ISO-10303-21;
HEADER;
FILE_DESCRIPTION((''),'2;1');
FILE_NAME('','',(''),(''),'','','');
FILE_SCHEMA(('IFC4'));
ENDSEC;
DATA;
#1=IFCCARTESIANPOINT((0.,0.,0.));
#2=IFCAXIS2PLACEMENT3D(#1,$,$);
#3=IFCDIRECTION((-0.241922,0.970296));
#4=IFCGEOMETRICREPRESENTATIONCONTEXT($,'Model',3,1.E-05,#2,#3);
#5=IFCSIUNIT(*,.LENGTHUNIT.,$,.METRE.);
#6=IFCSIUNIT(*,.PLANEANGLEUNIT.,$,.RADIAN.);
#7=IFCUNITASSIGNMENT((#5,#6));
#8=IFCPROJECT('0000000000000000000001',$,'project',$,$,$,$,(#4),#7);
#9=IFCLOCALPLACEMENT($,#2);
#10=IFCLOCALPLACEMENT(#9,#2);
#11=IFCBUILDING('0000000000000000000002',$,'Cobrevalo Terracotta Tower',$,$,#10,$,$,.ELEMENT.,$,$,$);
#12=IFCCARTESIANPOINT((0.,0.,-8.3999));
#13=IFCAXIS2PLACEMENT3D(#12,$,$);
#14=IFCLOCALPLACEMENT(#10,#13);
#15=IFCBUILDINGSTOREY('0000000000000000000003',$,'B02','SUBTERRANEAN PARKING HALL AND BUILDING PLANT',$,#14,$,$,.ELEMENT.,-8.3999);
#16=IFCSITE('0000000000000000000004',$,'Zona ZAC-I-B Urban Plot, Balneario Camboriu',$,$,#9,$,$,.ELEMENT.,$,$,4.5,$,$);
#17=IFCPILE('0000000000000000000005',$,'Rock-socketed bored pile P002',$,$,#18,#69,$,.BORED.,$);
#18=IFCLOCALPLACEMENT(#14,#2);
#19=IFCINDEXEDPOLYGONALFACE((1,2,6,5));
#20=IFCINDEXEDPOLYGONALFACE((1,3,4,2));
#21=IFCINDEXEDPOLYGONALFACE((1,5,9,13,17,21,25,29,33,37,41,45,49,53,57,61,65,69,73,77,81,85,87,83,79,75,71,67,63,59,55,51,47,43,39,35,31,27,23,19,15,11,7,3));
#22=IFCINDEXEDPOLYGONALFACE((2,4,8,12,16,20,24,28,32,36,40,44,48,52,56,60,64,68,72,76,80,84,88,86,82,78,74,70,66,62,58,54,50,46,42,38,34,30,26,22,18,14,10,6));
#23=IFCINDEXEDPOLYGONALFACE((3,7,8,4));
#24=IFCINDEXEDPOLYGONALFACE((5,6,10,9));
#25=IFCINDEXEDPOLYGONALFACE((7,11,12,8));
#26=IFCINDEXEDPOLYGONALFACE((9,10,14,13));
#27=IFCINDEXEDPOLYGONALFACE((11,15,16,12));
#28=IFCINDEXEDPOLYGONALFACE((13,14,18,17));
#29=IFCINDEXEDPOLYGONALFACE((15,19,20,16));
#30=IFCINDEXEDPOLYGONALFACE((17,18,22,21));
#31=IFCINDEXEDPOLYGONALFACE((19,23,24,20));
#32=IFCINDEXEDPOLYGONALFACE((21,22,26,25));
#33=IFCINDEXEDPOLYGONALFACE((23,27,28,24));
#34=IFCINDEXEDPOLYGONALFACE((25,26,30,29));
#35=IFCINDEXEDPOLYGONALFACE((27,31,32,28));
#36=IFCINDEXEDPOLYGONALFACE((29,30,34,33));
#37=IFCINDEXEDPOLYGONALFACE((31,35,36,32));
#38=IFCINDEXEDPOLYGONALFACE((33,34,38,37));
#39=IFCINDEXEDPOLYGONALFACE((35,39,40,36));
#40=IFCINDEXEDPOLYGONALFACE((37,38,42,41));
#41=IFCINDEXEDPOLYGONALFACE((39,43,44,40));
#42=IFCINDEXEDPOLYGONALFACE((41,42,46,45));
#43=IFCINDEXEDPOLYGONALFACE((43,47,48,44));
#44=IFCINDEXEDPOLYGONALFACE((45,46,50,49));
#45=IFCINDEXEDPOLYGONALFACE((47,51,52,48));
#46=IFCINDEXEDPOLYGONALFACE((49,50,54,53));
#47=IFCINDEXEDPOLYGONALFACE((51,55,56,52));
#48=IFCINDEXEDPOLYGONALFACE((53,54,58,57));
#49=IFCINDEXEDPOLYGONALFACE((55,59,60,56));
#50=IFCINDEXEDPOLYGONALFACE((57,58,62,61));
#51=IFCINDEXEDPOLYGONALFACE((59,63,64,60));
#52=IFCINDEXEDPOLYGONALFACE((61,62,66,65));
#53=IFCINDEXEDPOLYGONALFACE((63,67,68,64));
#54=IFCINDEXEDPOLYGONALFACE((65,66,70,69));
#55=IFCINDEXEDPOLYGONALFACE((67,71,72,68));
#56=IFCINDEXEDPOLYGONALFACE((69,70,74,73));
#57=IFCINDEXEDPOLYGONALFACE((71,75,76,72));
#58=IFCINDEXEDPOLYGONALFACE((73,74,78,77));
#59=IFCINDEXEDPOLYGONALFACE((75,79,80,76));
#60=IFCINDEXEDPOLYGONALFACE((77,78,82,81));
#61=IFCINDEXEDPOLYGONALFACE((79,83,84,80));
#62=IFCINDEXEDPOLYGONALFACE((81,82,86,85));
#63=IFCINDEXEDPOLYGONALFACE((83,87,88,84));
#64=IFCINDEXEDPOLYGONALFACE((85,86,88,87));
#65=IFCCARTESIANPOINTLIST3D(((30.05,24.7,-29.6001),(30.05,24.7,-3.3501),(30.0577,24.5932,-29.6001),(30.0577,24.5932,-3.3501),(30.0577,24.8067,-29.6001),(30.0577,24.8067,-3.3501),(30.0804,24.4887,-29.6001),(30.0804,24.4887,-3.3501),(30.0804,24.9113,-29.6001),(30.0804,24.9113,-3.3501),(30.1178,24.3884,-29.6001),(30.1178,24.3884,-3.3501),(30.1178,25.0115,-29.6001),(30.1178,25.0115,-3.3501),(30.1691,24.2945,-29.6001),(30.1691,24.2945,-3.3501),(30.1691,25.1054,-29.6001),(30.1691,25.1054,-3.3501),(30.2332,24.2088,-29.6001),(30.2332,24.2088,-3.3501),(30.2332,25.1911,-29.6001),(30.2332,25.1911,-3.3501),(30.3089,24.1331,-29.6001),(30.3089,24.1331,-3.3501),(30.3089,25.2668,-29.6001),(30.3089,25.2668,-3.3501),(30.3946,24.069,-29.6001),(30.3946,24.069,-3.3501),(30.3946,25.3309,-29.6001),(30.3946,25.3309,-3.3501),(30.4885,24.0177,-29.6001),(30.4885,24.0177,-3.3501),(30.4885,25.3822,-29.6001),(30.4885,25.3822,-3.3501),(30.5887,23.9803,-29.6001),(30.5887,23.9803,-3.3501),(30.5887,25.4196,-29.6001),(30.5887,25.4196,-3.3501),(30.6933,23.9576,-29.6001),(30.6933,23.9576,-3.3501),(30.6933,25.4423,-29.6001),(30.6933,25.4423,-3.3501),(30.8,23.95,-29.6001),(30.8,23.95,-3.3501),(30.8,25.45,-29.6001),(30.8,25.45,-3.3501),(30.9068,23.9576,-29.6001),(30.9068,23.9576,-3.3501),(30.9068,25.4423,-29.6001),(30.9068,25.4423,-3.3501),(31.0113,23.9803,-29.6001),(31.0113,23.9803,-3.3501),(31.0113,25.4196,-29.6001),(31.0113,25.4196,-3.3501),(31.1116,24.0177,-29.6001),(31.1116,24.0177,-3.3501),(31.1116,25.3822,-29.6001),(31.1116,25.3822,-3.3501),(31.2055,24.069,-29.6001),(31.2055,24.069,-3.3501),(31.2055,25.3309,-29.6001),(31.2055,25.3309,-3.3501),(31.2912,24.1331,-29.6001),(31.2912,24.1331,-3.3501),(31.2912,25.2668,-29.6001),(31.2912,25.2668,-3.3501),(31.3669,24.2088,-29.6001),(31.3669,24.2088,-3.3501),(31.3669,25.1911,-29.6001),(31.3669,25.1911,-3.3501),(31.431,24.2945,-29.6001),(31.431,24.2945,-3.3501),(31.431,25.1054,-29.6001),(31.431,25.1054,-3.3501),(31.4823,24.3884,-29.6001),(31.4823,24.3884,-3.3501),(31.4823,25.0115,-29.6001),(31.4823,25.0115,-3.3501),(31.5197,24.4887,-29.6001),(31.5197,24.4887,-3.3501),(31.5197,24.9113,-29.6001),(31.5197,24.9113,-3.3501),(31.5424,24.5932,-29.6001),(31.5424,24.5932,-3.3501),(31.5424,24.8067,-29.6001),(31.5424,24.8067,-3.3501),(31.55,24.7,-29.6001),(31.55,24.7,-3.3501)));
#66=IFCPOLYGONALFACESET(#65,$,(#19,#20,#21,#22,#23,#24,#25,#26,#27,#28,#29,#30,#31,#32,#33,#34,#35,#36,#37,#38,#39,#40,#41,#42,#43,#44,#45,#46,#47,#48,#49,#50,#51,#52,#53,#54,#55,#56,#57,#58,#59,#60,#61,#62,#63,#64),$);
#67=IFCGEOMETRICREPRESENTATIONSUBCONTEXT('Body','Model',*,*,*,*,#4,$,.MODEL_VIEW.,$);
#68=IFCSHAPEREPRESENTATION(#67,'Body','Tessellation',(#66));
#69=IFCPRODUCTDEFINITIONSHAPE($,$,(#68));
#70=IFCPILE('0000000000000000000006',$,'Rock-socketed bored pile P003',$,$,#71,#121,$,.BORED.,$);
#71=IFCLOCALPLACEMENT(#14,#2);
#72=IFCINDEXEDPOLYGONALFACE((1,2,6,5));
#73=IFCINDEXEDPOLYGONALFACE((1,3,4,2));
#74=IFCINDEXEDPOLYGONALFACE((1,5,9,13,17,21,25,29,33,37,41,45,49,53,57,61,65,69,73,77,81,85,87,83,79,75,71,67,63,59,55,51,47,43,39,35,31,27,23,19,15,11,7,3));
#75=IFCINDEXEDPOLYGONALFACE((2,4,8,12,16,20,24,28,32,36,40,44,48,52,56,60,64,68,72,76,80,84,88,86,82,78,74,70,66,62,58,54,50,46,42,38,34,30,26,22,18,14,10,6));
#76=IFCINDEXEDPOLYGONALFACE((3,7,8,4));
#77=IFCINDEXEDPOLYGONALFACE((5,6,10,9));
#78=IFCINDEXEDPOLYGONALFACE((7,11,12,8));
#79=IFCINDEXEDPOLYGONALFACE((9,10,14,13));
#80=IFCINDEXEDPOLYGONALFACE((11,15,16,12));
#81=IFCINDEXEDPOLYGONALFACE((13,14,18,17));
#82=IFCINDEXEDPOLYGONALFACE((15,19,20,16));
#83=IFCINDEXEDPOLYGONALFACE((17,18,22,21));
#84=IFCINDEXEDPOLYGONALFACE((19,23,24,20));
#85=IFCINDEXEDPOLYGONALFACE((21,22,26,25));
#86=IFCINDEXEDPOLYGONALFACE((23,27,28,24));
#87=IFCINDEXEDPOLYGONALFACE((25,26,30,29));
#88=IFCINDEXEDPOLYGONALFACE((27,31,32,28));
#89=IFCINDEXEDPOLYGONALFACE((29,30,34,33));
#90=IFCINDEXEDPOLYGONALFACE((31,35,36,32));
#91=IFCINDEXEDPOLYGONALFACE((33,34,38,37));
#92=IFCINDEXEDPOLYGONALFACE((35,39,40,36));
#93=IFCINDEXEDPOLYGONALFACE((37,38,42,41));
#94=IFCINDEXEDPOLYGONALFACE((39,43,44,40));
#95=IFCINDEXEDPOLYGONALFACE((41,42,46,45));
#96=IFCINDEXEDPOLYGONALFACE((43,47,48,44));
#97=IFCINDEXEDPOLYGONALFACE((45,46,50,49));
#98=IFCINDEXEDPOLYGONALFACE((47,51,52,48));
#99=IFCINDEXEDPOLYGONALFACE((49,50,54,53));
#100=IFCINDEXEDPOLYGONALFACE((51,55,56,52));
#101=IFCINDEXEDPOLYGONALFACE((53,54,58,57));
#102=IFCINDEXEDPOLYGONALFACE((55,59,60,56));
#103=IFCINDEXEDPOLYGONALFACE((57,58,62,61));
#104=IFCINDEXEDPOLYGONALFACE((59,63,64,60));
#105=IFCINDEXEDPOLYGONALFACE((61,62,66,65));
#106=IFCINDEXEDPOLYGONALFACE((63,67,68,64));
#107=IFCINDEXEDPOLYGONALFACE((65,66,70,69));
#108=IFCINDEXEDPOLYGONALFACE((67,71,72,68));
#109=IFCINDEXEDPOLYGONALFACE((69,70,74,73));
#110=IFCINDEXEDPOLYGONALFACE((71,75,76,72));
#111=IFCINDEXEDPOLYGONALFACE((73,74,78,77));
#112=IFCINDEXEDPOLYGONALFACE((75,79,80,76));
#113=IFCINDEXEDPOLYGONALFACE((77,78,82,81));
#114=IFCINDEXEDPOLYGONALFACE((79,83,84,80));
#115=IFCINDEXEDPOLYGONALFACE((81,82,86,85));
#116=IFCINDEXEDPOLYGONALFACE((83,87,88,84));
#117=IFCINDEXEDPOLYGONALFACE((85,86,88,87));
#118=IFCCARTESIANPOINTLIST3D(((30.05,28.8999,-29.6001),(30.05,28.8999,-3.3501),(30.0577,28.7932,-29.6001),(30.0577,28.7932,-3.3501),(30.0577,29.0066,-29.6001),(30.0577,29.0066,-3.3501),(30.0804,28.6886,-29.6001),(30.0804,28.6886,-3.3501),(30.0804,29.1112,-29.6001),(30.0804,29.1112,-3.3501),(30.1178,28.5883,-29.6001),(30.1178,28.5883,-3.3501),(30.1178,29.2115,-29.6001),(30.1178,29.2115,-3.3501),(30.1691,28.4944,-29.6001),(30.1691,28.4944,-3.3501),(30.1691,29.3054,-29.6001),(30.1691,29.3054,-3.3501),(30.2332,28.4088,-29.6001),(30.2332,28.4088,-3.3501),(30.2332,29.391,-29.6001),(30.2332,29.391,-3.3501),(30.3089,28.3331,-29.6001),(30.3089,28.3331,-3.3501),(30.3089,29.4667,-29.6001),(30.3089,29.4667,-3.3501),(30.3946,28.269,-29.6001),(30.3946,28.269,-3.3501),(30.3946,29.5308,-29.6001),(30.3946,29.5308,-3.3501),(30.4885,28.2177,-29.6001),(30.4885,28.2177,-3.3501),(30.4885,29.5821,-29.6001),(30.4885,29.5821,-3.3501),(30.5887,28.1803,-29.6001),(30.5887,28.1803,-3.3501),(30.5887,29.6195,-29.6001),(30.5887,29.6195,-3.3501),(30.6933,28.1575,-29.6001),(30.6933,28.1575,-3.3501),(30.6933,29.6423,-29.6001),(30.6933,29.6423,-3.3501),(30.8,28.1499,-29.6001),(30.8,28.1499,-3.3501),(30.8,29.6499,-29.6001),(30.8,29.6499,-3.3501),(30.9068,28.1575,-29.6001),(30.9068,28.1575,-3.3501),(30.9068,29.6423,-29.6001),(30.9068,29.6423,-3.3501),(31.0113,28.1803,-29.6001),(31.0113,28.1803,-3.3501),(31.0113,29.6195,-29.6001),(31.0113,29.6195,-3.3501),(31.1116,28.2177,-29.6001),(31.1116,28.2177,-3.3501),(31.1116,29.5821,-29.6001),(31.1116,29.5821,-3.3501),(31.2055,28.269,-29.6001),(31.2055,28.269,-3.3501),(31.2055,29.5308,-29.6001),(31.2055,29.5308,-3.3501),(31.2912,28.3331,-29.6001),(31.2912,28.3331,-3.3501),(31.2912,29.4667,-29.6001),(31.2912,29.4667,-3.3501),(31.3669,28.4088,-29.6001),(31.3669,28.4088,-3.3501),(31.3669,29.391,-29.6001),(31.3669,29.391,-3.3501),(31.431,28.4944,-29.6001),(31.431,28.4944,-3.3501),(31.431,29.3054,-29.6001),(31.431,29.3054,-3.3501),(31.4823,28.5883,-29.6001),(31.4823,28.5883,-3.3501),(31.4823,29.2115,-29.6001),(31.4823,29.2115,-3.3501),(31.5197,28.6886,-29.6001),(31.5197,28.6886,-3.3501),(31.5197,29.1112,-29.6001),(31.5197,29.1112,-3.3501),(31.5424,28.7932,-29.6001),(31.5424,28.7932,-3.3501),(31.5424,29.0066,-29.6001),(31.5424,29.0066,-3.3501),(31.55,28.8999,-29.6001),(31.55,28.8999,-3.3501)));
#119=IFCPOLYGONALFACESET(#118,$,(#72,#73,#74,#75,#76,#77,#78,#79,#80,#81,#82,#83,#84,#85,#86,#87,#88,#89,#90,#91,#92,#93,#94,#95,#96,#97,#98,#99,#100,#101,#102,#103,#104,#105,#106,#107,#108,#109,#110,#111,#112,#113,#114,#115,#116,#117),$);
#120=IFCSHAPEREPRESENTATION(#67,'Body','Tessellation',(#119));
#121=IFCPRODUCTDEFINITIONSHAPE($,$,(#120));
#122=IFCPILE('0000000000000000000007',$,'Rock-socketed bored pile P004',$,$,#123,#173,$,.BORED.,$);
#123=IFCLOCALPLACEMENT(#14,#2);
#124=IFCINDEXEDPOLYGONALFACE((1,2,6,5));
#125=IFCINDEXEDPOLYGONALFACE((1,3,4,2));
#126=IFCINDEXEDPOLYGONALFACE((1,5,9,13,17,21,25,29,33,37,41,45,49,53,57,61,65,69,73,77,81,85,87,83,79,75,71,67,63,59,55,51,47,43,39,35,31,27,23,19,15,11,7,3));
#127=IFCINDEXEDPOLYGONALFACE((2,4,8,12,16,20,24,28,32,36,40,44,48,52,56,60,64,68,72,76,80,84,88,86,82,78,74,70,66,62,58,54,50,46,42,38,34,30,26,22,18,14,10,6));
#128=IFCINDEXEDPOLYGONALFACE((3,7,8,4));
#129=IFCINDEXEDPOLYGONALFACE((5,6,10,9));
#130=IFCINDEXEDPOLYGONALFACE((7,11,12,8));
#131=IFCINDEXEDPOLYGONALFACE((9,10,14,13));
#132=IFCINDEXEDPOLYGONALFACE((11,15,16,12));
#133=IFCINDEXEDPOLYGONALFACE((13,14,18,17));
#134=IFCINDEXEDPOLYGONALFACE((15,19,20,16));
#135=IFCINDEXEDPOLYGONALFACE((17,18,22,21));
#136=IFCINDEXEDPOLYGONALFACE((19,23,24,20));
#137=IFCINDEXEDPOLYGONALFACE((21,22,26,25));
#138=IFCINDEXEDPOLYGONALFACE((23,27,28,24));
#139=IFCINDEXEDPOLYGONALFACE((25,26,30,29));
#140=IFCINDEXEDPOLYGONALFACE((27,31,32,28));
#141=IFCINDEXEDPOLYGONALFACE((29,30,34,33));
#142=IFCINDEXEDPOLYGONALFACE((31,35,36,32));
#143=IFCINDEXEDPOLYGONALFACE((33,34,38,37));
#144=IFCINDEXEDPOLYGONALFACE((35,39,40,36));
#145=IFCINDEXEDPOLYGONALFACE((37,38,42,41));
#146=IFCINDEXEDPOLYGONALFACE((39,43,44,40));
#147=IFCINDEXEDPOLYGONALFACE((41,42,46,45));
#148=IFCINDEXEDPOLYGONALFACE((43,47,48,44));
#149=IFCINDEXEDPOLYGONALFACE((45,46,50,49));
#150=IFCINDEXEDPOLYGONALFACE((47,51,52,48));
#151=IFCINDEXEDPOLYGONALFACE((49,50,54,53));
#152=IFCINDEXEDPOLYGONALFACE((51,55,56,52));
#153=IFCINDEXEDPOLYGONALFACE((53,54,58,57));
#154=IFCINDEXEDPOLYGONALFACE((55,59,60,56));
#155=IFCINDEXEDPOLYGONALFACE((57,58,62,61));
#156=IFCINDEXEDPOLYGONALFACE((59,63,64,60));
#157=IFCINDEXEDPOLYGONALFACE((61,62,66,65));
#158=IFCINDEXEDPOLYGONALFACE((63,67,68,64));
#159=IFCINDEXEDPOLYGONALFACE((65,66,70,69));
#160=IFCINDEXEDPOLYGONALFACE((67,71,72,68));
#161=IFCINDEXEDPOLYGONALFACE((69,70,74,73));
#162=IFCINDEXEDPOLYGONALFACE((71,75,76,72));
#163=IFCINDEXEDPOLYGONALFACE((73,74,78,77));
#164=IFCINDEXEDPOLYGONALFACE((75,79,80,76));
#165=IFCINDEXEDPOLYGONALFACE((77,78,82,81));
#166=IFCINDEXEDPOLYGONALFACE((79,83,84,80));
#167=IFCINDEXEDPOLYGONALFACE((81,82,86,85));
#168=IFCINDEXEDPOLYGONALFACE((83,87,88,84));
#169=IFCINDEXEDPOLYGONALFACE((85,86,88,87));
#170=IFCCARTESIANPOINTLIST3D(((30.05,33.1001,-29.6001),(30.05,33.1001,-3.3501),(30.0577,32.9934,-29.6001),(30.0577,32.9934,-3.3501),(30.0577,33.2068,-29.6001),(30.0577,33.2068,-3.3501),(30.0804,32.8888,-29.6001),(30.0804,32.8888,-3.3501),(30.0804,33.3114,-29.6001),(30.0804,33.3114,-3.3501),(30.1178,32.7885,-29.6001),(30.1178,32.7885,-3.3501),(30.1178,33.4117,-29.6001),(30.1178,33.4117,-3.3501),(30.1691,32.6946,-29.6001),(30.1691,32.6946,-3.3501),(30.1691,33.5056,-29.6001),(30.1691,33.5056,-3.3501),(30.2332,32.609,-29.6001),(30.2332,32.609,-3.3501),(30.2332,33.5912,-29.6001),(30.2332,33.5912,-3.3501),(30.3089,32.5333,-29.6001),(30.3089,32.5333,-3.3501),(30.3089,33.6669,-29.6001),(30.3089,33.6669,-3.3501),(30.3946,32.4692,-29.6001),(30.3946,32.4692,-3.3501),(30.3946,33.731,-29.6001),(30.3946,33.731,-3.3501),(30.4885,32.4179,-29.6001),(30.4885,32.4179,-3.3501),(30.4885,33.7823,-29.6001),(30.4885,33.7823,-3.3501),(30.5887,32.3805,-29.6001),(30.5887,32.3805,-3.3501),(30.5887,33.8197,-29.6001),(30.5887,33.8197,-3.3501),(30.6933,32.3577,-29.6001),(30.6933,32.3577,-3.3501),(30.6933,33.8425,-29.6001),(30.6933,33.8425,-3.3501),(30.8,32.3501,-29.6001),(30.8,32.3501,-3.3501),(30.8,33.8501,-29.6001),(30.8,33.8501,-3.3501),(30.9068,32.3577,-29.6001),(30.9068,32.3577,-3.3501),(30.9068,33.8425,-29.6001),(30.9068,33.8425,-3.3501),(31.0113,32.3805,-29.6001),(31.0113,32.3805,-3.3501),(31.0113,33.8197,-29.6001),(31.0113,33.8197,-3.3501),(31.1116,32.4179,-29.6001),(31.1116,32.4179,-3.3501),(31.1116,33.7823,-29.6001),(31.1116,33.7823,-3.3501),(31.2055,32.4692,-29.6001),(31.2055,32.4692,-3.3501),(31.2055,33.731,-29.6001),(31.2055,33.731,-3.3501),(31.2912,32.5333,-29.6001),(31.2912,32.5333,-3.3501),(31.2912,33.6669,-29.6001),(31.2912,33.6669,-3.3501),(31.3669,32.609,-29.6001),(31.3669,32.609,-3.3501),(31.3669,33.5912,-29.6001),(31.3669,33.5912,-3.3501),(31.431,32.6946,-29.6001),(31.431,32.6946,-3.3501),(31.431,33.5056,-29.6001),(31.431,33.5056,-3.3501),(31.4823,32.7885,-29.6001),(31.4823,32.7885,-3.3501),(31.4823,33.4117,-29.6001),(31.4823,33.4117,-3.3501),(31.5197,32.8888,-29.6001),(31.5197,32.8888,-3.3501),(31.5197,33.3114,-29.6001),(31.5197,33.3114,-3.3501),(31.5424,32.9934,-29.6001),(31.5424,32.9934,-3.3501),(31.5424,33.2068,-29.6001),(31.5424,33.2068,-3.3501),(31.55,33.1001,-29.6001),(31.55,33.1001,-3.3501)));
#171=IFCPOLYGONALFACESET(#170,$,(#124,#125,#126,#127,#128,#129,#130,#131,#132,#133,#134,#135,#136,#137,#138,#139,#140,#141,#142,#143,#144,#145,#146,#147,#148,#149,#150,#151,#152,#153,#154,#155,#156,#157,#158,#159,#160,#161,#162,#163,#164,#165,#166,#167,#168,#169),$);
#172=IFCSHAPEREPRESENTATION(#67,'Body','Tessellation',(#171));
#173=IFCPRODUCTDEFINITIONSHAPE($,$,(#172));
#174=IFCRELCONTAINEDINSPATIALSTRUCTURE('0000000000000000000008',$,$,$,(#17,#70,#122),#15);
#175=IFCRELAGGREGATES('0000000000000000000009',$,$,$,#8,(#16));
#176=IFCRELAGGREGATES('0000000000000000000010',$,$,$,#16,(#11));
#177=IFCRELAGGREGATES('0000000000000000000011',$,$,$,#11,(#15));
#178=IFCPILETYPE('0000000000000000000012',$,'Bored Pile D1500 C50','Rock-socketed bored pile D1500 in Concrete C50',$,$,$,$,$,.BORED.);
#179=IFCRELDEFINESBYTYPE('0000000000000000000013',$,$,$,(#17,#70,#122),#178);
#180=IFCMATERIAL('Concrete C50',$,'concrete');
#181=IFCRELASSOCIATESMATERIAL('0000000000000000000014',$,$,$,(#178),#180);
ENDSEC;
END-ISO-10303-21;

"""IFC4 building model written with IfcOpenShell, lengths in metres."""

from ifc_helpers import new_model, si_unit, direction, frame, origin, origin_2d, place, context, subcontext, project, spatial, circle, extrude, material, material_profile, profile_set, type_object, element, save


model = new_model("IFC4")

# Units and contexts
model_context = context("Model", 3, precision=1e-05, world=origin(), true_north=direction((-0.241922, 0.970296)))
body_context = subcontext(model_context, "Body", "Model", "MODEL_VIEW")
ifc_project = project(units=[si_unit("LENGTHUNIT", "METRE"), si_unit("PLANEANGLEUNIT", "RADIAN")], contexts=[model_context])

# Site, building, storey
site_placement = place(None, origin())
site = spatial("IfcSite", under=ifc_project, at=site_placement, Name="Zona ZAC-I-B Urban Plot, Balneario Camboriu", CompositionType="ELEMENT", RefElevation=4.5)
building_placement = place(site_placement, origin())
building = spatial("IfcBuilding", under=site, at=building_placement, Name="Cobrevalo Terracotta Tower", CompositionType="ELEMENT")
storey_placement = place(building_placement, frame((0.0, 0.0, -8.3999)))
storey = spatial("IfcBuildingStorey", under=building, at=storey_placement, Name="B02", Description="SUBTERRANEAN PARKING HALL AND BUILDING PLANT", CompositionType="ELEMENT", Elevation=-8.3999)

# Piles
ifc_material_1 = material(Name="Concrete C50", Category="concrete")
ifc_material_profile_1 = material_profile(ifc_material_1, circle(Radius=0.75, at=origin_2d()), Name="PILE D1500")
ifc_profile_set_1 = profile_set([ifc_material_profile_1], Name="Concrete C50")
pile_type = type_object("IfcPileType", Name="Bored Pile D1500 C50", Description="Rock-socketed bored pile D1500 in Concrete C50", PredefinedType="BORED", material=ifc_profile_set_1)
for number, where, z_axis, x_axis, name in (
    (1, (30.8, 24.7, -3.3501), (0.0, 0.0, -1.0), (1.0, 0.0, 0.0), "Rock-socketed bored pile P002"),
    (2, (30.8, 28.8999, -3.3501), (0.0, 0.0, -1.0), (1.0, 0.0, 0.0), "Rock-socketed bored pile P003"),
    (3, (30.8, 33.1001, -3.3501), (0.0, 0.0, -1.0), (1.0, 0.0, 0.0), "Rock-socketed bored pile P004"),
):
    element("IfcPile", number, at=place(storey_placement, frame(where, z_axis=z_axis, x_axis=x_axis)), inside=storey, type_object=pile_type, Name=name, PredefinedType="BORED", context=body_context, shape_type="SweptSolid", body=[
        extrude(circle(Radius=0.75, at=origin_2d()), origin(), (0.0, 0.0, 1.0), 26.25),
    ])

save(model, "model.ifc")
